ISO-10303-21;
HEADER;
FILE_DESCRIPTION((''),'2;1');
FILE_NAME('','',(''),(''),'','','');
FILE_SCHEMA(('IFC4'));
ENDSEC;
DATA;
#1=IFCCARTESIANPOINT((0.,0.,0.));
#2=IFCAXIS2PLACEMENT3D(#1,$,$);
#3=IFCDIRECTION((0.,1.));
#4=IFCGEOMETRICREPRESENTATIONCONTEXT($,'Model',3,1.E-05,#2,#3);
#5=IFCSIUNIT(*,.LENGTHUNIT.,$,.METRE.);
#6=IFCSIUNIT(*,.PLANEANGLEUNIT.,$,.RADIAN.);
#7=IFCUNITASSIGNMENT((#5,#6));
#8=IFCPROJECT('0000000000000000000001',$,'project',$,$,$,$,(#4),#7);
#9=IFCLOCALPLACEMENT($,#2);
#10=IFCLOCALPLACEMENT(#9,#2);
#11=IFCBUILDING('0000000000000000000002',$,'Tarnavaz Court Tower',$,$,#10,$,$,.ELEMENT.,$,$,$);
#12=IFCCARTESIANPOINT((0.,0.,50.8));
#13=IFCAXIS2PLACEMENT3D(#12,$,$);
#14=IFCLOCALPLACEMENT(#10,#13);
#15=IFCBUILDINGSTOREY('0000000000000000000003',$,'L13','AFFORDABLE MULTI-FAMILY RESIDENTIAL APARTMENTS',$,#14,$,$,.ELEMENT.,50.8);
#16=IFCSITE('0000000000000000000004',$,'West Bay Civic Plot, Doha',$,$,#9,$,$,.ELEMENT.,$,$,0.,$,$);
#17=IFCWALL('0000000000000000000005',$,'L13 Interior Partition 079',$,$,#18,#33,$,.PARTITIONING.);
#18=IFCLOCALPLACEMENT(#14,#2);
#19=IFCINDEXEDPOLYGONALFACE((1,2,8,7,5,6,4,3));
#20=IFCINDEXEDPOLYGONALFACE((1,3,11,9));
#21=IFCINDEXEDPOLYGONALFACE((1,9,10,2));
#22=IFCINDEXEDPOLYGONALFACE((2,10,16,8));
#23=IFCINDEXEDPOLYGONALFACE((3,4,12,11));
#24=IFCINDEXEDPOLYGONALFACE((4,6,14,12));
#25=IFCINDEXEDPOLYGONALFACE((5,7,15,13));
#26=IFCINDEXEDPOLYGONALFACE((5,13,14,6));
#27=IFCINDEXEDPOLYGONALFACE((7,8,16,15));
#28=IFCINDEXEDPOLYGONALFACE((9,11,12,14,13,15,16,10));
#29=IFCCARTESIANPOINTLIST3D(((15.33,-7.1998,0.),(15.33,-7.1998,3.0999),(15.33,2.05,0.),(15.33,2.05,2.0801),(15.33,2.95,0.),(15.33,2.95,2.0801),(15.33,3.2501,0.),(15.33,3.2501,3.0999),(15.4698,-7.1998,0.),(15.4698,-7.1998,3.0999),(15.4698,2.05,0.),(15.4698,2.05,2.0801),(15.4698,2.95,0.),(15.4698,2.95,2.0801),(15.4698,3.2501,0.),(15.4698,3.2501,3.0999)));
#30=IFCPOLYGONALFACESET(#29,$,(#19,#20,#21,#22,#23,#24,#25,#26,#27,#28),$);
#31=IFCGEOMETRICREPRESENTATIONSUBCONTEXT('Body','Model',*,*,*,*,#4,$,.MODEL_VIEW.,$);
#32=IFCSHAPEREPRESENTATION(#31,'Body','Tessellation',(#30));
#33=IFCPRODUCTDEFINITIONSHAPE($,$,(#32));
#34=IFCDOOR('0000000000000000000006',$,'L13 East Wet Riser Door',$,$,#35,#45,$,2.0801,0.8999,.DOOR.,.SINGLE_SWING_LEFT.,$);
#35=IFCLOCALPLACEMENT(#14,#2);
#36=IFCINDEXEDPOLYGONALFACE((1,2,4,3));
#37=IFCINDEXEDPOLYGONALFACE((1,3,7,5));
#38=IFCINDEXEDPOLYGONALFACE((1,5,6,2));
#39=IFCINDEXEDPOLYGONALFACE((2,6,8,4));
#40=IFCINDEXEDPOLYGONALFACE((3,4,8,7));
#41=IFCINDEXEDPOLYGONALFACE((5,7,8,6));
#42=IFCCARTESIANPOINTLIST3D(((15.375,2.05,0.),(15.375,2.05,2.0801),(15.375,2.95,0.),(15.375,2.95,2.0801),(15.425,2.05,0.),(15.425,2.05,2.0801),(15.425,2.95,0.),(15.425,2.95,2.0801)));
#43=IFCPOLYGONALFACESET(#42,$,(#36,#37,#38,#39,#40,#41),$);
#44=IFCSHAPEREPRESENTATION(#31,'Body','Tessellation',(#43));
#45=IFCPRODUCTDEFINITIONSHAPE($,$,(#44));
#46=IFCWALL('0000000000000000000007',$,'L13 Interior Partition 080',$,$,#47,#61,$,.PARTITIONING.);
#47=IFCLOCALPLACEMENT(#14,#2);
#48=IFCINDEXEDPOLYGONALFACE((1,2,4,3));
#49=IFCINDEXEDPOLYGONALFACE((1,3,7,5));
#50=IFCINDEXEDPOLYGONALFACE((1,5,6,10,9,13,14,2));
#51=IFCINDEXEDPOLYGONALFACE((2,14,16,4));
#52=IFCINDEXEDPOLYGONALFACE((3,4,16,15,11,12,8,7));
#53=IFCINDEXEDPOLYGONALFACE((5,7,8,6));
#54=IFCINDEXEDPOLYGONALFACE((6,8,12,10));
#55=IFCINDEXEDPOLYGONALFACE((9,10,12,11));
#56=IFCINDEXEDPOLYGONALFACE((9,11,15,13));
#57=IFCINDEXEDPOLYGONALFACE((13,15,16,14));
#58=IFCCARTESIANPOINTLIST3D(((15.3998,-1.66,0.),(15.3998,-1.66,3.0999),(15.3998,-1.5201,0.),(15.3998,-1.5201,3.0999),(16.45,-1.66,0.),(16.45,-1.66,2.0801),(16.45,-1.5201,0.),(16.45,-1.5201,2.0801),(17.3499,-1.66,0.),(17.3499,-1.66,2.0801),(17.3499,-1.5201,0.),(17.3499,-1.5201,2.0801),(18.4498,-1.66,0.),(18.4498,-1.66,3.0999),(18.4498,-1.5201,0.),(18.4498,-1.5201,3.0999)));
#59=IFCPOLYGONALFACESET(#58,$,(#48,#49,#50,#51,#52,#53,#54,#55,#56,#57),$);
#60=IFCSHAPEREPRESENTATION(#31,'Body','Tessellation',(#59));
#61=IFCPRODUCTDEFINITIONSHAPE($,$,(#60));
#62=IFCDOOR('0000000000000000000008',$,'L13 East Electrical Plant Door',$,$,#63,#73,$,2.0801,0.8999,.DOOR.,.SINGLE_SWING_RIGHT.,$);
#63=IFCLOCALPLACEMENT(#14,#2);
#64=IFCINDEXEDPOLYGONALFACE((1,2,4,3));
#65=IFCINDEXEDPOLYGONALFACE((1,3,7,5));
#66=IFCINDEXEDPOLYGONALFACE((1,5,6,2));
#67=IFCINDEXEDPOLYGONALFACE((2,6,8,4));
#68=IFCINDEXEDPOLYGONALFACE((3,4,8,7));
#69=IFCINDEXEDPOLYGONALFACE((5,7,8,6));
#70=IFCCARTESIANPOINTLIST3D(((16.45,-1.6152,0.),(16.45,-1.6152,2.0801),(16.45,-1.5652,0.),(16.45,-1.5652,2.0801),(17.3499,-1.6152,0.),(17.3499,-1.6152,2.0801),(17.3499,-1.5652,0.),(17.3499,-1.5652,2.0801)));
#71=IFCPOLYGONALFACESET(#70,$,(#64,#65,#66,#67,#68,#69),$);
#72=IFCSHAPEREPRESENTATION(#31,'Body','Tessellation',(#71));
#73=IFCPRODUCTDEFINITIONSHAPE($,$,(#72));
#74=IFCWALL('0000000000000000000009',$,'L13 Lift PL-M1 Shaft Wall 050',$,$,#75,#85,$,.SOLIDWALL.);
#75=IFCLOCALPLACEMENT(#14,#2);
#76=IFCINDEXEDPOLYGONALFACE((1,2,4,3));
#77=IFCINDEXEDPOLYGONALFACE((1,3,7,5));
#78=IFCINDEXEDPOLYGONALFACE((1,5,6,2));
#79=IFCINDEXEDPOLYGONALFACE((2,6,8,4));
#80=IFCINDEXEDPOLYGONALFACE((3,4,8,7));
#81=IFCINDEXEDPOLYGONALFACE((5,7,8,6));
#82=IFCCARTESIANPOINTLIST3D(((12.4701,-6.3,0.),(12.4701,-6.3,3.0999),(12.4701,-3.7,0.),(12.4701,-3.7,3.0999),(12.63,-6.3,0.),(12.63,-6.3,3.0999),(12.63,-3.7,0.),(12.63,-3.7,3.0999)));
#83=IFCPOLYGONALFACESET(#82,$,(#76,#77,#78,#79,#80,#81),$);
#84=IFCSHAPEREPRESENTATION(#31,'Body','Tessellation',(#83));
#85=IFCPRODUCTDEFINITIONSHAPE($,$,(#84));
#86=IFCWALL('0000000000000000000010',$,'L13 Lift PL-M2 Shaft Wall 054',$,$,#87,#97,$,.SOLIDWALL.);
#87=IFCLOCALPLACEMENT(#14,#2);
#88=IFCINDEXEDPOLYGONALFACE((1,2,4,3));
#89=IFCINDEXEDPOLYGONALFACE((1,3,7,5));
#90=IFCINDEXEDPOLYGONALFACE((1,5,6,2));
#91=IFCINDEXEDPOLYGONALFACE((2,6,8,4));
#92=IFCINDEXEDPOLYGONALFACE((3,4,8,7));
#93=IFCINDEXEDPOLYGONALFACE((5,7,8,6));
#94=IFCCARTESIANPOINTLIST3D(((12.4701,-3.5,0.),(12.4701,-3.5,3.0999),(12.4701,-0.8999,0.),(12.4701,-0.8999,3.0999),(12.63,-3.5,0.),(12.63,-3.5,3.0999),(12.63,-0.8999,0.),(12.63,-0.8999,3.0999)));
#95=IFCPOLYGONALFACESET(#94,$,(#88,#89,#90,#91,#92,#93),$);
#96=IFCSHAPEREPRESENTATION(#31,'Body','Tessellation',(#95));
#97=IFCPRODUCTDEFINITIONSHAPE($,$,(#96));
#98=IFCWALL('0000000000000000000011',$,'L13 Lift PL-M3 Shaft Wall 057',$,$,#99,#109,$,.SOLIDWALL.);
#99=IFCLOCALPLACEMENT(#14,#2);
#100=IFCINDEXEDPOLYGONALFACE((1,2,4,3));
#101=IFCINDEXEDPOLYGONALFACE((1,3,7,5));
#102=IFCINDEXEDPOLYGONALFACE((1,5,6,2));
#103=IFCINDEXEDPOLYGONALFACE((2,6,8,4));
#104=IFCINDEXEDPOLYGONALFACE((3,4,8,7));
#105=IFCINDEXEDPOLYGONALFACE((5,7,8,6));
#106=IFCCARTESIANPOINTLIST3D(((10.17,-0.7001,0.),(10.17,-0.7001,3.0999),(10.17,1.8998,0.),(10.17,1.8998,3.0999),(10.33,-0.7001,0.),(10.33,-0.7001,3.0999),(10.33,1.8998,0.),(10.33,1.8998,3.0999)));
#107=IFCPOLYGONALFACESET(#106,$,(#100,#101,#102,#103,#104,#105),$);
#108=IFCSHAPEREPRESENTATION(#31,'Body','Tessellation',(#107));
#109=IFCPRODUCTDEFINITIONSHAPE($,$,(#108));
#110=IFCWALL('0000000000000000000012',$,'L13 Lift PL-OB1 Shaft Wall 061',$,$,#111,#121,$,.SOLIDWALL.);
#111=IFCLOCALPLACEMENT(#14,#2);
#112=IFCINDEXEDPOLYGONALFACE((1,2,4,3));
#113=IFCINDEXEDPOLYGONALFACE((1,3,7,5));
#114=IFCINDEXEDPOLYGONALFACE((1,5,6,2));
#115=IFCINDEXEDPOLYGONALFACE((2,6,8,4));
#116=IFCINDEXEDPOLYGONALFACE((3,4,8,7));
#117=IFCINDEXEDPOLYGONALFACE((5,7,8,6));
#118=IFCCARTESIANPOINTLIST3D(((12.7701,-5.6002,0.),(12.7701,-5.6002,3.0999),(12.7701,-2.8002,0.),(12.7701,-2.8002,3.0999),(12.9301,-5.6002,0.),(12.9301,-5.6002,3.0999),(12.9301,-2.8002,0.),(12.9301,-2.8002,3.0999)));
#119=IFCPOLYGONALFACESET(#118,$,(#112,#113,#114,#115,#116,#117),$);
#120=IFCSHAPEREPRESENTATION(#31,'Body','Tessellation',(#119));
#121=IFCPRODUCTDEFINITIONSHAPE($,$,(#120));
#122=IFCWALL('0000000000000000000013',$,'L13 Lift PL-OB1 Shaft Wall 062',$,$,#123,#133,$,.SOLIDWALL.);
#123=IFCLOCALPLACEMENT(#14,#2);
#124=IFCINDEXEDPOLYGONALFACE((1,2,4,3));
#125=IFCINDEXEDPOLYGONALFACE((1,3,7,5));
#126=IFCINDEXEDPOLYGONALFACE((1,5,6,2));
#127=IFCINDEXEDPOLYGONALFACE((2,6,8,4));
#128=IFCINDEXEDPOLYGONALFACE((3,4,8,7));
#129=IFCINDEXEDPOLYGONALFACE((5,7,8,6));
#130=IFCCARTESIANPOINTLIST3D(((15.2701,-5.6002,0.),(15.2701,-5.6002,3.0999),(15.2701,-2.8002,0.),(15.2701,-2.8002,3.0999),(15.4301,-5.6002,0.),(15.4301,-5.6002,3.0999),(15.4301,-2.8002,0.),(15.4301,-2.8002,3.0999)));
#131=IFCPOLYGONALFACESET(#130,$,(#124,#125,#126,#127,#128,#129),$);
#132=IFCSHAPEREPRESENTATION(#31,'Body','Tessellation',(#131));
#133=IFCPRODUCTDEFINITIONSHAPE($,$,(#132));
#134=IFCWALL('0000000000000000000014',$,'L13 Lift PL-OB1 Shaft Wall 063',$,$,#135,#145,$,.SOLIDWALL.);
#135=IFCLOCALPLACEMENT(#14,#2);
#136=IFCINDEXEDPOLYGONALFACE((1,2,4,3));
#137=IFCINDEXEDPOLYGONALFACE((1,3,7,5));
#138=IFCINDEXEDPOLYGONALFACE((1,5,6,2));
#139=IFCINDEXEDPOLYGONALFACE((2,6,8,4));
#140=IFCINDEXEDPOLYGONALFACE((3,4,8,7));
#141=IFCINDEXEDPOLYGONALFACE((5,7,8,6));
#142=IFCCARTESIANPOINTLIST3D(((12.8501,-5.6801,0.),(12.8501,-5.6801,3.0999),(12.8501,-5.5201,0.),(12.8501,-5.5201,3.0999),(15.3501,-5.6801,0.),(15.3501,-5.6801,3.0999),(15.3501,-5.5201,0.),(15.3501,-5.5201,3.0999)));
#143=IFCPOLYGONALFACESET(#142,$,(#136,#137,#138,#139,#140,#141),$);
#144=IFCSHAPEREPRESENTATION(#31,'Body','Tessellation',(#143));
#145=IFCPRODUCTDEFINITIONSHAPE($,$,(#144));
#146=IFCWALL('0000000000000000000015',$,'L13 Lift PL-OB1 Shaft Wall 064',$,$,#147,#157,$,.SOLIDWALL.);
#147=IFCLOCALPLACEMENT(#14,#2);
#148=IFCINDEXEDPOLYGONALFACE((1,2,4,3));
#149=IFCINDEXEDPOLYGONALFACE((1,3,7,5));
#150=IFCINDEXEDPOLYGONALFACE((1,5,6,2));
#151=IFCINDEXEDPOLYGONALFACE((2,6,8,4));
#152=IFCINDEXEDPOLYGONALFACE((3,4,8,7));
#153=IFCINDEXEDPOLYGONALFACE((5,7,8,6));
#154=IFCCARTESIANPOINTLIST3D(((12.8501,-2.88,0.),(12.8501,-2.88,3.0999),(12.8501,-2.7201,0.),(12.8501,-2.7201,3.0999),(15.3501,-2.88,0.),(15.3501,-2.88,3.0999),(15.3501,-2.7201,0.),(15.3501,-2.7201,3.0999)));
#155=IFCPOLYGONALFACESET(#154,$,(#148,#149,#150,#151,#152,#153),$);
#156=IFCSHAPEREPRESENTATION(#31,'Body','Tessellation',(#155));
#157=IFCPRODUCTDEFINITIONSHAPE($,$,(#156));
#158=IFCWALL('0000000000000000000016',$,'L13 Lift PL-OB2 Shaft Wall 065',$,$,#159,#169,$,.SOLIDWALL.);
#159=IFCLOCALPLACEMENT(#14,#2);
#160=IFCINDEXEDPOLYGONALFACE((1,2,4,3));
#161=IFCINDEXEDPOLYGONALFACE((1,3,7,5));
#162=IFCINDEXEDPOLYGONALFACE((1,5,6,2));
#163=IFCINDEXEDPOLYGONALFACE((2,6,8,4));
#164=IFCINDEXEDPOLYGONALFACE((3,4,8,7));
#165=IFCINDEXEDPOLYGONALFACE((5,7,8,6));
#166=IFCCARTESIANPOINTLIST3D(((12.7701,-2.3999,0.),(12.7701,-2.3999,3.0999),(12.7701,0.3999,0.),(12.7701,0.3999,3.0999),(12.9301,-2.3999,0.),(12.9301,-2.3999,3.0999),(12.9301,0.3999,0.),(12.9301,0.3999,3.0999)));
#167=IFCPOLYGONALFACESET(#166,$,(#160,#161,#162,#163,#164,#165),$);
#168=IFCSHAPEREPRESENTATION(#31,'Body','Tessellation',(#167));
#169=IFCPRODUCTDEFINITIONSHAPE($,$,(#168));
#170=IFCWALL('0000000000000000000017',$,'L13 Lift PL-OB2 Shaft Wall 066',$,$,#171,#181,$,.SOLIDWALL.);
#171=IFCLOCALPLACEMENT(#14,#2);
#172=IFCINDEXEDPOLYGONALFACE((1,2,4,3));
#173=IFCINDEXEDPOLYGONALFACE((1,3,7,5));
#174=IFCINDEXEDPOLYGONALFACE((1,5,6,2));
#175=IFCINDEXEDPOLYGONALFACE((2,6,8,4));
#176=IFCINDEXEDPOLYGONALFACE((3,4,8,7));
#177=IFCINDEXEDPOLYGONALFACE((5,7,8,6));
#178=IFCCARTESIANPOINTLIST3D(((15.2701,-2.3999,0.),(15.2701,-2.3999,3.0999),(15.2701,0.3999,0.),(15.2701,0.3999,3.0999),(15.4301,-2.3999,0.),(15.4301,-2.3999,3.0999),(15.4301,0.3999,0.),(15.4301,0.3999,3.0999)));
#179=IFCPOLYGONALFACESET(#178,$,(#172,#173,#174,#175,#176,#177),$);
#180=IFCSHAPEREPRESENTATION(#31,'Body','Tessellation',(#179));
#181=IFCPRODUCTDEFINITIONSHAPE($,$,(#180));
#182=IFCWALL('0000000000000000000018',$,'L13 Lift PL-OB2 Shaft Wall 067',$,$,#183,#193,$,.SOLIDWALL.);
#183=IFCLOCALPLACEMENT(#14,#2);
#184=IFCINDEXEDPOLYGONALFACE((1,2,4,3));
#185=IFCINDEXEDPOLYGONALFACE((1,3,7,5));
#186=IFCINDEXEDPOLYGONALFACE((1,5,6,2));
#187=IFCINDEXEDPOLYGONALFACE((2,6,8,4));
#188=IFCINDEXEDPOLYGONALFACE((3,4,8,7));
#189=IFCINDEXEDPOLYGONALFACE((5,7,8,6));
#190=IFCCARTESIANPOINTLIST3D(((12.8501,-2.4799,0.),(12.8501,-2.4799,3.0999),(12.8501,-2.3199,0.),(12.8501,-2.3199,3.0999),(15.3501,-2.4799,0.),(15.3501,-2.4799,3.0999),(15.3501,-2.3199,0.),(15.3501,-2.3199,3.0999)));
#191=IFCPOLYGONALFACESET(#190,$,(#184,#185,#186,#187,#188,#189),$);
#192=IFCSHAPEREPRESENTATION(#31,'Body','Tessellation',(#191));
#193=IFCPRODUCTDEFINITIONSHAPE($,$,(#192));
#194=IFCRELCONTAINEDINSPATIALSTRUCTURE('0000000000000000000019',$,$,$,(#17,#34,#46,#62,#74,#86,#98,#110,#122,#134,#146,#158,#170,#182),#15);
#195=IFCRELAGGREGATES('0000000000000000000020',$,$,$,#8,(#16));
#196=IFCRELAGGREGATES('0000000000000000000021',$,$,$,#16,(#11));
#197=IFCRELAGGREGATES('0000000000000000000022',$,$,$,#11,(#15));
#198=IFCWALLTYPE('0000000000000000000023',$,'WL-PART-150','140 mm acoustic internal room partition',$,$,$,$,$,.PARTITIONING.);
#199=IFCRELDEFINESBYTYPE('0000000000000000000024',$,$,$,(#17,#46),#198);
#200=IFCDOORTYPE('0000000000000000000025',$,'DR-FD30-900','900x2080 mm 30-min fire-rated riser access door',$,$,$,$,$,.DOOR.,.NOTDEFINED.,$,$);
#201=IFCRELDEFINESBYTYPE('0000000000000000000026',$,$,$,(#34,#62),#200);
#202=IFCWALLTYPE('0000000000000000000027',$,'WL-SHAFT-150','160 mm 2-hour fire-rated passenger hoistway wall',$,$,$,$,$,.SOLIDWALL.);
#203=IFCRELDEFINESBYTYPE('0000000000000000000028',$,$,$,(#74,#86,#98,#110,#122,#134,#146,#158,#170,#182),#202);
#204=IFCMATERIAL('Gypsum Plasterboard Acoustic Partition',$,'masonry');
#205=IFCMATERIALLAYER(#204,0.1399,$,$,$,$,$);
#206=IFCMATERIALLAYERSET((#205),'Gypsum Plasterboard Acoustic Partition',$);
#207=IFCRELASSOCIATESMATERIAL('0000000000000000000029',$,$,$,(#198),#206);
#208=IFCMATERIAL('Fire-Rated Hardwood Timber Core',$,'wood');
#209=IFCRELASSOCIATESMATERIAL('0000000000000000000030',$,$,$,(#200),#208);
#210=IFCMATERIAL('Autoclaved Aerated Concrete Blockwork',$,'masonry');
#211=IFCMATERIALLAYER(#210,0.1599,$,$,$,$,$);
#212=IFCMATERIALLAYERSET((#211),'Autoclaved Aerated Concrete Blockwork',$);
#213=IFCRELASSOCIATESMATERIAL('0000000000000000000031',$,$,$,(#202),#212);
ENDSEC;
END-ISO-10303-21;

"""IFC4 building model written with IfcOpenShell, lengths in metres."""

from ifc_helpers import new_model, si_unit, direction, frame, frame_2d, origin, place, context, subcontext, project, spatial, rectangle, extrude, material, layer, layer_set, type_object, element, fill, save


model = new_model("IFC4")

# Units and contexts
model_context = context("Model", 3, precision=1e-05, world=origin(), true_north=direction((0.0, 1.0)))
body_context = subcontext(model_context, "Body", "Model", "MODEL_VIEW")
ifc_project = project(units=[si_unit("LENGTHUNIT", "METRE"), si_unit("PLANEANGLEUNIT", "RADIAN")], contexts=[model_context])

# Site, building, storey
site_placement = place(None, origin())
site = spatial("IfcSite", under=ifc_project, at=site_placement, Name="West Bay Civic Plot, Doha", CompositionType="ELEMENT", RefElevation=0.0)
building_placement = place(site_placement, origin())
building = spatial("IfcBuilding", under=site, at=building_placement, Name="Tarnavaz Court Tower", CompositionType="ELEMENT")
storey_placement = place(building_placement, frame((0.0, 0.0, 50.8)))
storey = spatial("IfcBuildingStorey", under=building, at=storey_placement, Name="L13", Description="AFFORDABLE MULTI-FAMILY RESIDENTIAL APARTMENTS", CompositionType="ELEMENT", Elevation=50.8)

# Walls, openings, doors
ifc_material_1 = material(Name="Gypsum Plasterboard Acoustic Partition", Category="masonry")
ifc_layer_1 = layer(ifc_material_1, 0.1399)
ifc_layer_set_1 = layer_set([ifc_layer_1], Name="Gypsum Plasterboard Acoustic Partition")
wall_type_1 = type_object("IfcWallType", Name="WL-PART-150", Description="140 mm acoustic internal room partition", PredefinedType="PARTITIONING", material=ifc_layer_set_1)
wall_1_placement = place(storey_placement, frame((15.3999, -7.2, 0.0), z_axis=(0.0, 0.0, 1.0), x_axis=(0.0, 1.0, 0.0)))
wall_1 = element("IfcWall", 1, at=wall_1_placement, inside=storey, type_object=wall_type_1, Name="L13 Interior Partition 079", PredefinedType="PARTITIONING", context=body_context, shape_type="SweptSolid", body=[
    extrude(rectangle(XDim=10.45, YDim=0.1399, at=frame_2d((5.2251, 0.0))), origin(), (0.0, 0.0, 1.0), 3.0999),
])
opening_1_placement = place(wall_1_placement, frame((9.25, 0.0, 0.0)))
opening_1 = element("IfcOpeningElement", 2, at=opening_1_placement, cuts=wall_1, PredefinedType="OPENING", context=body_context, shape_type="SweptSolid", body=[
    extrude(rectangle(XDim=0.8999, YDim=2.0801, at=frame_2d((0.45, 1.04))), frame((0.0, 0.0798, 0.0), z_axis=(0.0, -1.0, 0.0), x_axis=(1.0, 0.0, 0.0)), (0.0, 0.0, 1.0), 0.1599),
])
ifc_material_2 = material(Name="Fire-Rated Hardwood Timber Core", Category="wood")
door_type = type_object("IfcDoorType", Name="DR-FD30-900", Description="900x2080 mm 30-min fire-rated riser access door", OperationType="NOTDEFINED", PredefinedType="DOOR", material=ifc_material_2)
door_1_placement = place(opening_1_placement, origin())
door_1 = element("IfcDoor", 3, at=door_1_placement, inside=storey, type_object=door_type, Name="L13 East Wet Riser Door", OperationType="SINGLE_SWING_LEFT", OverallHeight=2.0801, OverallWidth=0.8999, PredefinedType="DOOR", context=body_context, shape_type="SweptSolid", body=[
    extrude(rectangle(XDim=0.8999, YDim=2.0801, at=frame_2d((0.45, 1.04))), frame((0.0, 0.0249, 0.0), z_axis=(0.0, -1.0, 0.0), x_axis=(1.0, 0.0, 0.0)), (0.0, 0.0, 1.0), 0.05),
])
fill(opening_1, door_1)
wall_2_placement = place(storey_placement, frame((15.3999, -1.5901, 0.0), z_axis=(0.0, 0.0, 1.0), x_axis=(1.0, 0.0, 0.0)))
wall_2 = element("IfcWall", 4, at=wall_2_placement, inside=storey, type_object=wall_type_1, Name="L13 Interior Partition 080", PredefinedType="PARTITIONING", context=body_context, shape_type="SweptSolid", body=[
    extrude(rectangle(XDim=3.05, YDim=0.1399, at=frame_2d((1.5249, 0.0))), origin(), (0.0, 0.0, 1.0), 3.0999),
])
opening_2_placement = place(wall_2_placement, frame((1.05, 0.0, 0.0)))
opening_2 = element("IfcOpeningElement", 5, at=opening_2_placement, cuts=wall_2, PredefinedType="OPENING", context=body_context, shape_type="SweptSolid", body=[
    extrude(rectangle(XDim=0.8999, YDim=2.0801, at=frame_2d((0.45, 1.04))), frame((0.0, 0.0798, 0.0), z_axis=(0.0, -1.0, 0.0), x_axis=(1.0, 0.0, 0.0)), (0.0, 0.0, 1.0), 0.1599),
])
door_2_placement = place(opening_2_placement, origin())
door_2 = element("IfcDoor", 6, at=door_2_placement, inside=storey, type_object=door_type, Name="L13 East Electrical Plant Door", OperationType="SINGLE_SWING_RIGHT", OverallHeight=2.0801, OverallWidth=0.8999, PredefinedType="DOOR", context=body_context, shape_type="SweptSolid", body=[
    extrude(rectangle(XDim=0.8999, YDim=2.0801, at=frame_2d((0.45, 1.04))), frame((0.0, 0.0249, 0.0), z_axis=(0.0, -1.0, 0.0), x_axis=(1.0, 0.0, 0.0)), (0.0, 0.0, 1.0), 0.05),
])
fill(opening_2, door_2)

# Walls
ifc_material_3 = material(Name="Autoclaved Aerated Concrete Blockwork", Category="masonry")
ifc_layer_2 = layer(ifc_material_3, 0.1599)
ifc_layer_set_2 = layer_set([ifc_layer_2], Name="Autoclaved Aerated Concrete Blockwork")
wall_type_2 = type_object("IfcWallType", Name="WL-SHAFT-150", Description="160 mm 2-hour fire-rated passenger hoistway wall", PredefinedType="SOLIDWALL", material=ifc_layer_set_2)
for number, where, z_axis, x_axis, name in (
    (7, (12.55, -6.3, 0.0), (0.0, 0.0, 1.0), (0.0, 1.0, 0.0), "L13 Lift PL-M1 Shaft Wall 050"),
    (8, (12.55, -3.5, 0.0), (0.0, 0.0, 1.0), (0.0, 1.0, 0.0), "L13 Lift PL-M2 Shaft Wall 054"),
):
    element("IfcWall", number, at=place(storey_placement, frame(where, z_axis=z_axis, x_axis=x_axis)), inside=storey, type_object=wall_type_2, Name=name, PredefinedType="SOLIDWALL", context=body_context, shape_type="SweptSolid", body=[
        extrude(rectangle(XDim=2.6001, YDim=0.1599, at=frame_2d((1.3, 0.0))), origin(), (0.0, 0.0, 1.0), 3.0999),
    ])
wall_3_placement = place(storey_placement, frame((10.25, -0.7, 0.0), z_axis=(0.0, 0.0, 1.0), x_axis=(0.0, 1.0, 0.0)))
element("IfcWall", 9, at=wall_3_placement, inside=storey, type_object=wall_type_2, Name="L13 Lift PL-M3 Shaft Wall 057", PredefinedType="SOLIDWALL", context=body_context, shape_type="SweptSolid", body=[
    extrude(rectangle(XDim=2.5999, YDim=0.1599, at=frame_2d((1.2998, 0.0))), origin(), (0.0, 0.0, 1.0), 3.0999),
])
for number, where, z_axis, x_axis, name in (
    (10, (12.8501, -5.6001, 0.0), (0.0, 0.0, 1.0), (0.0, 1.0, 0.0), "L13 Lift PL-OB1 Shaft Wall 061"),
    (11, (15.3501, -5.6001, 0.0), (0.0, 0.0, 1.0), (0.0, 1.0, 0.0), "L13 Lift PL-OB1 Shaft Wall 062"),
):
    element("IfcWall", number, at=place(storey_placement, frame(where, z_axis=z_axis, x_axis=x_axis)), inside=storey, type_object=wall_type_2, Name=name, PredefinedType="SOLIDWALL", context=body_context, shape_type="SweptSolid", body=[
        extrude(rectangle(XDim=2.8, YDim=0.1599, at=frame_2d((1.3999, 0.0))), origin(), (0.0, 0.0, 1.0), 3.0999),
    ])
for number, where, z_axis, x_axis, name in (
    (12, (12.8501, -5.6001, 0.0), (0.0, 0.0, 1.0), (1.0, 0.0, 0.0), "L13 Lift PL-OB1 Shaft Wall 063"),
    (13, (12.8501, -2.8, 0.0), (0.0, 0.0, 1.0), (1.0, 0.0, 0.0), "L13 Lift PL-OB1 Shaft Wall 064"),
):
    element("IfcWall", number, at=place(storey_placement, frame(where, z_axis=z_axis, x_axis=x_axis)), inside=storey, type_object=wall_type_2, Name=name, PredefinedType="SOLIDWALL", context=body_context, shape_type="SweptSolid", body=[
        extrude(rectangle(XDim=2.5, YDim=0.1599, at=frame_2d((1.25, 0.0))), origin(), (0.0, 0.0, 1.0), 3.0999),
    ])
for number, where, z_axis, x_axis, name in (
    (14, (12.8501, -2.3999, 0.0), (0.0, 0.0, 1.0), (0.0, 1.0, 0.0), "L13 Lift PL-OB2 Shaft Wall 065"),
    (15, (15.3501, -2.3999, 0.0), (0.0, 0.0, 1.0), (0.0, 1.0, 0.0), "L13 Lift PL-OB2 Shaft Wall 066"),
):
    element("IfcWall", number, at=place(storey_placement, frame(where, z_axis=z_axis, x_axis=x_axis)), inside=storey, type_object=wall_type_2, Name=name, PredefinedType="SOLIDWALL", context=body_context, shape_type="SweptSolid", body=[
        extrude(rectangle(XDim=2.7998, YDim=0.1599, at=frame_2d((1.3999, 0.0))), origin(), (0.0, 0.0, 1.0), 3.0999),
    ])
wall_4_placement = place(storey_placement, frame((12.8501, -2.3999, 0.0), z_axis=(0.0, 0.0, 1.0), x_axis=(1.0, 0.0, 0.0)))
element("IfcWall", 16, at=wall_4_placement, inside=storey, type_object=wall_type_2, Name="L13 Lift PL-OB2 Shaft Wall 067", PredefinedType="SOLIDWALL", context=body_context, shape_type="SweptSolid", body=[
    extrude(rectangle(XDim=2.5, YDim=0.1599, at=frame_2d((1.25, 0.0))), origin(), (0.0, 0.0, 1.0), 3.0999),
])

save(model, "model.ifc")
